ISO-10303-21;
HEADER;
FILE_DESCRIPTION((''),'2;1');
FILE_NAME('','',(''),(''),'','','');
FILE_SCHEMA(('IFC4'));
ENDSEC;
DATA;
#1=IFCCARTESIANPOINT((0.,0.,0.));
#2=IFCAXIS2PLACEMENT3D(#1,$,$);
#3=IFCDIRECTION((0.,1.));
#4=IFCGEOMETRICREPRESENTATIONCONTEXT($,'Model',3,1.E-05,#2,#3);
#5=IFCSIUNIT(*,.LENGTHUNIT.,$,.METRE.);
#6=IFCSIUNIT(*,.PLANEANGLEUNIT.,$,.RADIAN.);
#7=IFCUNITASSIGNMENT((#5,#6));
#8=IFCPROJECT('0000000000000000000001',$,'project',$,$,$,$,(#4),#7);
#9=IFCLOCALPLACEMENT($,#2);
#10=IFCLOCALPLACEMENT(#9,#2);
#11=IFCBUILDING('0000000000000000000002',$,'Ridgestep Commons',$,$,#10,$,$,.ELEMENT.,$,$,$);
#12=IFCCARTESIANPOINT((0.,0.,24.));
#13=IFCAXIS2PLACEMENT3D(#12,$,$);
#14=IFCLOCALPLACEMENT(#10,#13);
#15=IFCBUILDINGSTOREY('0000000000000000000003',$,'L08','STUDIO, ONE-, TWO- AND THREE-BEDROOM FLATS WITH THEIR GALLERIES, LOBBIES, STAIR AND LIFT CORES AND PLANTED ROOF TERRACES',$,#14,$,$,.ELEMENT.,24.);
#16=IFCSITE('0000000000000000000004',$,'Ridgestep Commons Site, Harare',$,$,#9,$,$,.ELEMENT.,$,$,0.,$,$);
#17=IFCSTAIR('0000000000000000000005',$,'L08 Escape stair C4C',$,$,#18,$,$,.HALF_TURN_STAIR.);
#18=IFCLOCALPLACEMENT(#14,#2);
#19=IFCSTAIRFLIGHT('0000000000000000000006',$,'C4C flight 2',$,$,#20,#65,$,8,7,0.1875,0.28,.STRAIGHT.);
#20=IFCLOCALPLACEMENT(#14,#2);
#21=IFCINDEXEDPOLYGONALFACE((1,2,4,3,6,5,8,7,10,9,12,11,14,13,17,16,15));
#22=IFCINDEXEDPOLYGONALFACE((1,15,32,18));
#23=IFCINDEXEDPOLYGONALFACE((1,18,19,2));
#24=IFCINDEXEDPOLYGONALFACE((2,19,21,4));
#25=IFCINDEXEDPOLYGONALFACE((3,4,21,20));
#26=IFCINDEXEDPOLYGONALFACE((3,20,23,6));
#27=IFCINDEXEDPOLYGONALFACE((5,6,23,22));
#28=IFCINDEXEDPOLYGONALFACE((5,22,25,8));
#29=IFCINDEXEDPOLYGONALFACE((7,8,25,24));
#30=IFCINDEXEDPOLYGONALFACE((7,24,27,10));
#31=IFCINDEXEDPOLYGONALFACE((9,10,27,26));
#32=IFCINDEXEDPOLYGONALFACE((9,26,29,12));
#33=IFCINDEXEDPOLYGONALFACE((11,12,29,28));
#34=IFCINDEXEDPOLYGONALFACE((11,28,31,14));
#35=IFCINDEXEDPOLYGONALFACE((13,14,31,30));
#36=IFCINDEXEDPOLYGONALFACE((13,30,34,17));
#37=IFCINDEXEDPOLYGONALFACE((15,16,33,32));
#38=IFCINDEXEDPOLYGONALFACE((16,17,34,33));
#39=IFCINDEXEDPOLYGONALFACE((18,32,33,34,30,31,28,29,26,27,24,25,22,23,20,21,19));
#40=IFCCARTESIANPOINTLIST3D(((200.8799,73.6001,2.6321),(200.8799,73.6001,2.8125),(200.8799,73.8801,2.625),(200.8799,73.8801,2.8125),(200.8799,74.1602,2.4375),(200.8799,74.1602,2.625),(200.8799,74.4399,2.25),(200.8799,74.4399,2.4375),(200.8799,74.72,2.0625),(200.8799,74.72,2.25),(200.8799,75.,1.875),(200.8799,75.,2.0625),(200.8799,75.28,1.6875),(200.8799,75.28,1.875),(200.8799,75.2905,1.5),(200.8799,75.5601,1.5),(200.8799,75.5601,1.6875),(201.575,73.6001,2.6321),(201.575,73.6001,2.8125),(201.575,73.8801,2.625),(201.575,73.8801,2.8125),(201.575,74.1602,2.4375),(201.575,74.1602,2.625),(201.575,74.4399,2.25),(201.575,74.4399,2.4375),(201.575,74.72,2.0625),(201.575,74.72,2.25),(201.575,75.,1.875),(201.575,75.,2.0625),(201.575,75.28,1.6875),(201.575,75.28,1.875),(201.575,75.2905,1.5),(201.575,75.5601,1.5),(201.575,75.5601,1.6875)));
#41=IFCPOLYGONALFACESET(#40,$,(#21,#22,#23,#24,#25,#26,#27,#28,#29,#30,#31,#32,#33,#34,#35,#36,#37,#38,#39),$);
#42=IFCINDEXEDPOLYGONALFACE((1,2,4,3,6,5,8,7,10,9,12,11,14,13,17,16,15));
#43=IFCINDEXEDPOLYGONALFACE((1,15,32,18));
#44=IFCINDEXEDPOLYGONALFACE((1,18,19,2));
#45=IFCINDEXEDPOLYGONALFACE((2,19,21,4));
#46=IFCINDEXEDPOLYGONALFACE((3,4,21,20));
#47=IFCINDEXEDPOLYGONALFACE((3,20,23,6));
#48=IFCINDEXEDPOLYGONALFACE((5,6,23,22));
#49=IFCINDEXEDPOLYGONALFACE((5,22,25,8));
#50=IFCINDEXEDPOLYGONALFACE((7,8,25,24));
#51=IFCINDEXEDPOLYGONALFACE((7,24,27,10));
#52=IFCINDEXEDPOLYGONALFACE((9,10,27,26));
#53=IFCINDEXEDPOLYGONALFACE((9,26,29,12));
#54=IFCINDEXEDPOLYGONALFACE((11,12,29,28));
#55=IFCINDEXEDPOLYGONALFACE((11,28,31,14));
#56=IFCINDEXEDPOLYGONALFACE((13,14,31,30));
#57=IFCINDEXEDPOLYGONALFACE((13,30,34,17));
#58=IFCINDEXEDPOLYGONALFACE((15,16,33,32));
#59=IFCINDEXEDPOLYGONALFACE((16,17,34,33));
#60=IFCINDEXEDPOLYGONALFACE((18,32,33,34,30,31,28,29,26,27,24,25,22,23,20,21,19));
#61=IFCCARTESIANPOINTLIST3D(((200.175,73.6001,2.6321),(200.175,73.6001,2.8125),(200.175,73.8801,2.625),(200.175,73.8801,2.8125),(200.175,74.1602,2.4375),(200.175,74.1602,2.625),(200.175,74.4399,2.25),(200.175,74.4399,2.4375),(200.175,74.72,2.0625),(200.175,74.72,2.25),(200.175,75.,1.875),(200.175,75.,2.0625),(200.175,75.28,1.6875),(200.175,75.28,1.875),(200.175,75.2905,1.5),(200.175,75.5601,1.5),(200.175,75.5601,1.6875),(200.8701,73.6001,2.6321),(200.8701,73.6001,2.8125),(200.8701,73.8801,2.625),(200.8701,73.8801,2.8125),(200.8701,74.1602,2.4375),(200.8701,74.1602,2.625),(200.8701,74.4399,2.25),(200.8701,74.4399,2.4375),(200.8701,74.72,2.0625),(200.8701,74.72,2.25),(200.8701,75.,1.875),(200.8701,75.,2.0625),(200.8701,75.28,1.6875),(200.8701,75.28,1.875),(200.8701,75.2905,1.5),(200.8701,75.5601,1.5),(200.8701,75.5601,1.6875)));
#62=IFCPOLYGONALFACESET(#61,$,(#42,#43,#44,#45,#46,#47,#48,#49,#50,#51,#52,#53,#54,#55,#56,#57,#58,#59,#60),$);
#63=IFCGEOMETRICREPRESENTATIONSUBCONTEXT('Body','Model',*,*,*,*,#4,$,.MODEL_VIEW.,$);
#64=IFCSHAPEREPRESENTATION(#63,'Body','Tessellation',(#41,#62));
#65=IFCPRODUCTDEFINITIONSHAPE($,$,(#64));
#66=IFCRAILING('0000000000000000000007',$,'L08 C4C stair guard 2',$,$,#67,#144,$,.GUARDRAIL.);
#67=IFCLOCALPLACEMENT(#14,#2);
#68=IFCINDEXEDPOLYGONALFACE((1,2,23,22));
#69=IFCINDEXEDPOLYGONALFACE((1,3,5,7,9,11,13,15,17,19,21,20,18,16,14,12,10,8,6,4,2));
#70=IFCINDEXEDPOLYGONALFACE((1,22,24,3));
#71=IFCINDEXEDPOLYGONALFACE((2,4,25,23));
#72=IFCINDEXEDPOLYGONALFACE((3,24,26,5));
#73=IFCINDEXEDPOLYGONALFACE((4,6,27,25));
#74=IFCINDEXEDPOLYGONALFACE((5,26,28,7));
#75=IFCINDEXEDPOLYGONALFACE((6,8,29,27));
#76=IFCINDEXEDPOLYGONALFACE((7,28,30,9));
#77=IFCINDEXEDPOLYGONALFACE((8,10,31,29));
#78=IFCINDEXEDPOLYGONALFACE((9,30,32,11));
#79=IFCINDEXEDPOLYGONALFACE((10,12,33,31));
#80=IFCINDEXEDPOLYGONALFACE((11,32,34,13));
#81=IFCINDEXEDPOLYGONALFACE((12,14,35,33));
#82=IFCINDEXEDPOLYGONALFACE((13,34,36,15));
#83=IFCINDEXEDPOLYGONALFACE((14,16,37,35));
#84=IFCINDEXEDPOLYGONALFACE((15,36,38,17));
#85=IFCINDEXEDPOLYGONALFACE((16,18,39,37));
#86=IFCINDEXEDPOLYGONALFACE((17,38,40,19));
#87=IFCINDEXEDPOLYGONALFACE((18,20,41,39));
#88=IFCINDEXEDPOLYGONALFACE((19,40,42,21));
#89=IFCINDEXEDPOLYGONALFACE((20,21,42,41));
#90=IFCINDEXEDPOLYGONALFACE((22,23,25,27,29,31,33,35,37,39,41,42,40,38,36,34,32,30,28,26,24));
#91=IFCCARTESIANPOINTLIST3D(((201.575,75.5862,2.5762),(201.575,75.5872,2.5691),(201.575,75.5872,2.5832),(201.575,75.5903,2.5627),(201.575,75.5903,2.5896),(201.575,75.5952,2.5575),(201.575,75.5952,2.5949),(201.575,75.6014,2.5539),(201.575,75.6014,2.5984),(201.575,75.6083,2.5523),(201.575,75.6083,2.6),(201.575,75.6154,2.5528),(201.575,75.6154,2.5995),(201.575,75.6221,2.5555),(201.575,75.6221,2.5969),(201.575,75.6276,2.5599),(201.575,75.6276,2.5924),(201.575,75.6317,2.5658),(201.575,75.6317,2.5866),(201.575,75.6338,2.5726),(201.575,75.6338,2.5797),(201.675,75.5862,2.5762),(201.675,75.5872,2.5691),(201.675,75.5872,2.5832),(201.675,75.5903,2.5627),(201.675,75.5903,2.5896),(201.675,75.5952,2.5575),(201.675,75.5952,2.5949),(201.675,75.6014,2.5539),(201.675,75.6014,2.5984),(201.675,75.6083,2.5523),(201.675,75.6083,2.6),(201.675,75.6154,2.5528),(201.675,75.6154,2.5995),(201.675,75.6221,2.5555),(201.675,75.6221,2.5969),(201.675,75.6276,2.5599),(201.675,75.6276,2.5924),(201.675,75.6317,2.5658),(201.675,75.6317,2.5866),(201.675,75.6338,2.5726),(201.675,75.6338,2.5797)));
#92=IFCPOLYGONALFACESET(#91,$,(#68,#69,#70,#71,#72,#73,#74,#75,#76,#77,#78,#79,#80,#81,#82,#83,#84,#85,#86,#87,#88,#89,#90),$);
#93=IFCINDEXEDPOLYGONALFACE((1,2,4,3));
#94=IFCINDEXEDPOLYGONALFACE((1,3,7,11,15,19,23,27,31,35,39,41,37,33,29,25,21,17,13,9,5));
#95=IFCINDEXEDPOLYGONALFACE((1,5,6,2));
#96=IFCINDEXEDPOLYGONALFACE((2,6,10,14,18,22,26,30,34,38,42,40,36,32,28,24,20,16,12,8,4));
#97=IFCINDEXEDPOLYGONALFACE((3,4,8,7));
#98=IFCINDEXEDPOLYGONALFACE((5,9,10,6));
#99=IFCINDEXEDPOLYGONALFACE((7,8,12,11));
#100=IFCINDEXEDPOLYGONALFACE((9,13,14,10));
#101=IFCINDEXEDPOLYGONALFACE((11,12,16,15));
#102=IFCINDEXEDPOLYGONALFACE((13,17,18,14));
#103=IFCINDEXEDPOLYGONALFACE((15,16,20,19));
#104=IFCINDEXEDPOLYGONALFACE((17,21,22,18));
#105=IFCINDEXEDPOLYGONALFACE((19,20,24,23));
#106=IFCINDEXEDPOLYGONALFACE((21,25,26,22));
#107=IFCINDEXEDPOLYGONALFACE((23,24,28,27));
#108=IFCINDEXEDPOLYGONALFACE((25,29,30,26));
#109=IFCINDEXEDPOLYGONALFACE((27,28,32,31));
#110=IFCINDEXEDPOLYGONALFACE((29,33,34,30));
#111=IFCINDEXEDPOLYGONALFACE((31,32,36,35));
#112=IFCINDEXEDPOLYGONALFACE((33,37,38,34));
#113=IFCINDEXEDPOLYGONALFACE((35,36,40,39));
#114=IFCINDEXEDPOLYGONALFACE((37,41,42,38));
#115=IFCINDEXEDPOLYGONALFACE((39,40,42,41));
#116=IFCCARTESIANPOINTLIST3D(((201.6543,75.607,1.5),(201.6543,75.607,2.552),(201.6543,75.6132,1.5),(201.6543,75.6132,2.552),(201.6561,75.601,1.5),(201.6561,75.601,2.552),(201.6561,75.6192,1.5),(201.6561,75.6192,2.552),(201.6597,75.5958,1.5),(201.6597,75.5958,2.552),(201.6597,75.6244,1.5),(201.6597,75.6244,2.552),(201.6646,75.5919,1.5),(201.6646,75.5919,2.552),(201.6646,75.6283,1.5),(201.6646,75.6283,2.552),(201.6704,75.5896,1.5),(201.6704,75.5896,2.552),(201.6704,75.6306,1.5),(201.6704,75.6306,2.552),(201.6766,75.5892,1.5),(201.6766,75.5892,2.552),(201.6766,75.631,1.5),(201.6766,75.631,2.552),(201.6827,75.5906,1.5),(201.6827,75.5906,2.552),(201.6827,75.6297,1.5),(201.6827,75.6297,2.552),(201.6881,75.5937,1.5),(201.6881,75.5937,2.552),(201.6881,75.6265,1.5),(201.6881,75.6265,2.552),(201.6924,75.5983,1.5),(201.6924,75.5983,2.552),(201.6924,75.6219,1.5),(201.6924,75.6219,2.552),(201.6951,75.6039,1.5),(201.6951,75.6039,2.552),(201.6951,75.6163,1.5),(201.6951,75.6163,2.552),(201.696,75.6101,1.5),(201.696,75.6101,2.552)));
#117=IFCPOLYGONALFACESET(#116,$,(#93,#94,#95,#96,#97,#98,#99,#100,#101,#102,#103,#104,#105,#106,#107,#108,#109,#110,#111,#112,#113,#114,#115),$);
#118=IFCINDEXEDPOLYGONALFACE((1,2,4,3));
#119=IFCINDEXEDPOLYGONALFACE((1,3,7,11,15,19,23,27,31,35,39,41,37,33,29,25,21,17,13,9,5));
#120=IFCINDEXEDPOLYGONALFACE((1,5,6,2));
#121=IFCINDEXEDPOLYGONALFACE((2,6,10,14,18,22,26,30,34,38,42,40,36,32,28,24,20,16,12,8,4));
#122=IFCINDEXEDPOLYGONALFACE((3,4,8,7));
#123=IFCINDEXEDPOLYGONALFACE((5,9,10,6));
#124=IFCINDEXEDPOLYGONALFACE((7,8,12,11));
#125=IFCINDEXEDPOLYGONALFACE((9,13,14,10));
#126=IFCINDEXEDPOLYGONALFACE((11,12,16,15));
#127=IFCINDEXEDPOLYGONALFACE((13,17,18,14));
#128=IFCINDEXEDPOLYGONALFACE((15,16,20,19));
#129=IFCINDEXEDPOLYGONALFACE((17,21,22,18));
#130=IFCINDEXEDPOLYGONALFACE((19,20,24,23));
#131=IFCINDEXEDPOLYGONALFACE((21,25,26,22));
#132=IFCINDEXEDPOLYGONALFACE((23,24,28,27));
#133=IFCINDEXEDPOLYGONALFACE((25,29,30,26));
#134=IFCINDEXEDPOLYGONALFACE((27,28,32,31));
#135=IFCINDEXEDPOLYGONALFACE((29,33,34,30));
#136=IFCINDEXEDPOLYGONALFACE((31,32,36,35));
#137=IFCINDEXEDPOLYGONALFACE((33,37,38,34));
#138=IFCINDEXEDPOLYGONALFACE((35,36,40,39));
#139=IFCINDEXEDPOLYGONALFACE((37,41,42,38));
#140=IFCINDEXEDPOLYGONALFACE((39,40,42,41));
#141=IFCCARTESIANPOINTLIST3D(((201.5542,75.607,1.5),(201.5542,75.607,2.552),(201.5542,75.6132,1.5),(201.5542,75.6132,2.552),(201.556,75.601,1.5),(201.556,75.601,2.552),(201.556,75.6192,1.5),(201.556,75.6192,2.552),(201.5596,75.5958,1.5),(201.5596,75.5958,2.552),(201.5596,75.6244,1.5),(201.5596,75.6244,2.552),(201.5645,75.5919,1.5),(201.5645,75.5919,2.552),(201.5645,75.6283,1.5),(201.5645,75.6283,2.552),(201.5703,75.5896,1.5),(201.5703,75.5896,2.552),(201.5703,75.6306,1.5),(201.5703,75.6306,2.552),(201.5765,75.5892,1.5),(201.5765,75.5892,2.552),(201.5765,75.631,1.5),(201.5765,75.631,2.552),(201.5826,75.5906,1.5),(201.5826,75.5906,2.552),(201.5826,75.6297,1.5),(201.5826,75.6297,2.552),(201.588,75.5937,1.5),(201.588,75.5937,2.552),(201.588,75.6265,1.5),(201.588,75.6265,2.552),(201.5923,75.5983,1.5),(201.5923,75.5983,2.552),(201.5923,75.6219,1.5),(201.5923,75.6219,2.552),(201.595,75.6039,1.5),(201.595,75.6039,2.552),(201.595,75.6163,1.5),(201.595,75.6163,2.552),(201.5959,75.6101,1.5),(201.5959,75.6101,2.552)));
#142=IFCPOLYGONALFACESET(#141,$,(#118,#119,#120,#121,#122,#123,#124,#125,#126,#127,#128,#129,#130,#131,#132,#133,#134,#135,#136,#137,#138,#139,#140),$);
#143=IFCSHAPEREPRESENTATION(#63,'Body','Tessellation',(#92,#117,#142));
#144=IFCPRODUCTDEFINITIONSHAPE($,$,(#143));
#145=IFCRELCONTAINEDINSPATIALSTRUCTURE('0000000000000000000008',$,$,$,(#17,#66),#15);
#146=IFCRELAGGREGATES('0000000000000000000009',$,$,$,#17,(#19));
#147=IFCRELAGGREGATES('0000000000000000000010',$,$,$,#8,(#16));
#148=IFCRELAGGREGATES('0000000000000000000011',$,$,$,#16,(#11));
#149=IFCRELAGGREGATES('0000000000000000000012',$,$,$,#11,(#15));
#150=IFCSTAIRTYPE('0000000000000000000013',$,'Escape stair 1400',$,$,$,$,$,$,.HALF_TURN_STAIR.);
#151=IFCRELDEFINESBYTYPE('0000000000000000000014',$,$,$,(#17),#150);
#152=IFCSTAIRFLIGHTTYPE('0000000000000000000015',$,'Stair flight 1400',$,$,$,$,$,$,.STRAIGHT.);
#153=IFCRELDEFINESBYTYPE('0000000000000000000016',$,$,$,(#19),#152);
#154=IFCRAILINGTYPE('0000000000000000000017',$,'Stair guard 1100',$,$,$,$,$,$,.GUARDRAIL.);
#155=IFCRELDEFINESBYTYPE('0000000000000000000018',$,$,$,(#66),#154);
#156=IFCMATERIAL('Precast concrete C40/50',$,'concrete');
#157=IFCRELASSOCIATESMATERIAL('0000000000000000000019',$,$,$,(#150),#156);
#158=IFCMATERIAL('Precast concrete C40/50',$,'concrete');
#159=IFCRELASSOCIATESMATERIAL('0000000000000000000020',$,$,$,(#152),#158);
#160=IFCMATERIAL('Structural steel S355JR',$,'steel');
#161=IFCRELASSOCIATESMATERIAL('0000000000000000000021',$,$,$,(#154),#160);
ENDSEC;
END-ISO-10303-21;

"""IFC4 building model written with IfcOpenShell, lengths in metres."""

from ifc_helpers import new_model, si_unit, direction, frame, origin, origin_2d, place, context, subcontext, project, spatial, polyline, circle, outline, extrude, material, type_object, element, aggregate, save


model = new_model("IFC4")

# Units and contexts
model_context = context("Model", 3, precision=1e-05, world=origin(), true_north=direction((0.0, 1.0)))
body_context = subcontext(model_context, "Body", "Model", "MODEL_VIEW")
ifc_project = project(units=[si_unit("LENGTHUNIT", "METRE"), si_unit("PLANEANGLEUNIT", "RADIAN")], contexts=[model_context])

# Site, building, storey
site_placement = place(None, origin())
site = spatial("IfcSite", under=ifc_project, at=site_placement, Name="Ridgestep Commons Site, Harare", CompositionType="ELEMENT", RefElevation=0.0)
building_placement = place(site_placement, origin())
building = spatial("IfcBuilding", under=site, at=building_placement, Name="Ridgestep Commons", CompositionType="ELEMENT")
storey_placement = place(building_placement, frame((0.0, 0.0, 24.0)))
storey = spatial("IfcBuildingStorey", under=building, at=storey_placement, Name="L08", Description="STUDIO, ONE-, TWO- AND THREE-BEDROOM FLATS WITH THEIR GALLERIES, LOBBIES, STAIR AND LIFT CORES AND PLANTED ROOF TERRACES", CompositionType="ELEMENT", Elevation=24.0)

# Stair, stair flight
ifc_material_1 = material(Name="Precast concrete C40/50", Category="concrete")
stair_type = type_object("IfcStairType", Name="Escape stair 1400", PredefinedType="HALF_TURN_STAIR", material=ifc_material_1)
stair_placement = place(storey_placement, origin())
stair = element("IfcStair", 1, at=stair_placement, inside=storey, type_object=stair_type, Name="L08 Escape stair C4C", PredefinedType="HALF_TURN_STAIR")
ifc_material_2 = material(Name="Precast concrete C40/50", Category="concrete")
stair_flight_type = type_object("IfcStairFlightType", Name="Stair flight 1400", PredefinedType="STRAIGHT", material=ifc_material_2)
stair_flight_placement = place(storey_placement, frame((200.875, 75.5601, 1.5), z_axis=(0.0, 0.0, 1.0), x_axis=(0.0, -1.0, 0.0)))
stair_flight = element("IfcStairFlight", 2, at=stair_flight_placement, type_object=stair_flight_type, Name="C4C flight 2", NumberOfRisers=8, NumberOfTreads=7, PredefinedType="STRAIGHT", RiserHeight=0.1875, TreadLength=0.28, context=body_context, shape_type="SweptSolid", body=[
    extrude(outline(polyline([(0.0, 0.0), (0.0, 0.1875), (0.28, 0.1875), (0.28, 0.375), (0.5601, 0.375), (0.5601, 0.5625), (0.8401, 0.5625), (0.8401, 0.75), (1.1201, 0.75), (1.1201, 0.9375), (1.3999, 0.9375), (1.3999, 1.125), (1.6799, 1.125), (1.6799, 1.3125), (1.96, 1.3125), (1.96, 1.5), (1.96, 1.1321), (0.2695, 0.0), (0.0, 0.0)])), frame((0.0, 0.7, 0.0), z_axis=(0.0, -1.0, 0.0), x_axis=(1.0, 0.0, 0.0)), (0.0, 0.0, 1.0), 0.6951),
    extrude(outline(polyline([(0.0, 0.0), (0.0, 0.1875), (0.28, 0.1875), (0.28, 0.375), (0.5601, 0.375), (0.5601, 0.5625), (0.8401, 0.5625), (0.8401, 0.75), (1.1201, 0.75), (1.1201, 0.9375), (1.3999, 0.9375), (1.3999, 1.125), (1.6799, 1.125), (1.6799, 1.3125), (1.96, 1.3125), (1.96, 1.5), (1.96, 1.1321), (0.2695, 0.0), (0.0, 0.0)])), frame((0.0, -0.0049, 0.0), z_axis=(0.0, -1.0, 0.0), x_axis=(1.0, 0.0, 0.0)), (0.0, 0.0, 1.0), 0.6951),
])
aggregate(stair, [stair_flight])

# Railing
ifc_material_3 = material(Name="Structural steel S355JR", Category="steel")
railing_type_1 = type_object("IfcRailingType", Name="Stair guard 1100", PredefinedType="GUARDRAIL", material=ifc_material_3)
railing_1_placement = place(storey_placement, frame((201.675, 75.6101, 1.5)))
element("IfcRailing", 3, at=railing_1_placement, inside=storey, type_object=railing_type_1, Name="L08 C4C stair guard 2", PredefinedType="GUARDRAIL", context=body_context, shape_type="SweptSolid", body=[
    extrude(circle(Radius=0.0239, at=origin_2d()), frame((0.0, 0.0, 1.0762), z_axis=(-1.0, 0.0, 0.0), x_axis=(0.0, -1.0, 0.0)), (0.0, 0.0, 1.0), 0.1001),
    extrude(circle(Radius=0.021, at=origin_2d()), origin(), (0.0, 0.0, 1.0), 1.052),
    extrude(circle(Radius=0.021, at=origin_2d()), frame((-0.1001, 0.0, 0.0)), (0.0, 0.0, 1.0), 1.052),
])

save(model, "model.ifc")
